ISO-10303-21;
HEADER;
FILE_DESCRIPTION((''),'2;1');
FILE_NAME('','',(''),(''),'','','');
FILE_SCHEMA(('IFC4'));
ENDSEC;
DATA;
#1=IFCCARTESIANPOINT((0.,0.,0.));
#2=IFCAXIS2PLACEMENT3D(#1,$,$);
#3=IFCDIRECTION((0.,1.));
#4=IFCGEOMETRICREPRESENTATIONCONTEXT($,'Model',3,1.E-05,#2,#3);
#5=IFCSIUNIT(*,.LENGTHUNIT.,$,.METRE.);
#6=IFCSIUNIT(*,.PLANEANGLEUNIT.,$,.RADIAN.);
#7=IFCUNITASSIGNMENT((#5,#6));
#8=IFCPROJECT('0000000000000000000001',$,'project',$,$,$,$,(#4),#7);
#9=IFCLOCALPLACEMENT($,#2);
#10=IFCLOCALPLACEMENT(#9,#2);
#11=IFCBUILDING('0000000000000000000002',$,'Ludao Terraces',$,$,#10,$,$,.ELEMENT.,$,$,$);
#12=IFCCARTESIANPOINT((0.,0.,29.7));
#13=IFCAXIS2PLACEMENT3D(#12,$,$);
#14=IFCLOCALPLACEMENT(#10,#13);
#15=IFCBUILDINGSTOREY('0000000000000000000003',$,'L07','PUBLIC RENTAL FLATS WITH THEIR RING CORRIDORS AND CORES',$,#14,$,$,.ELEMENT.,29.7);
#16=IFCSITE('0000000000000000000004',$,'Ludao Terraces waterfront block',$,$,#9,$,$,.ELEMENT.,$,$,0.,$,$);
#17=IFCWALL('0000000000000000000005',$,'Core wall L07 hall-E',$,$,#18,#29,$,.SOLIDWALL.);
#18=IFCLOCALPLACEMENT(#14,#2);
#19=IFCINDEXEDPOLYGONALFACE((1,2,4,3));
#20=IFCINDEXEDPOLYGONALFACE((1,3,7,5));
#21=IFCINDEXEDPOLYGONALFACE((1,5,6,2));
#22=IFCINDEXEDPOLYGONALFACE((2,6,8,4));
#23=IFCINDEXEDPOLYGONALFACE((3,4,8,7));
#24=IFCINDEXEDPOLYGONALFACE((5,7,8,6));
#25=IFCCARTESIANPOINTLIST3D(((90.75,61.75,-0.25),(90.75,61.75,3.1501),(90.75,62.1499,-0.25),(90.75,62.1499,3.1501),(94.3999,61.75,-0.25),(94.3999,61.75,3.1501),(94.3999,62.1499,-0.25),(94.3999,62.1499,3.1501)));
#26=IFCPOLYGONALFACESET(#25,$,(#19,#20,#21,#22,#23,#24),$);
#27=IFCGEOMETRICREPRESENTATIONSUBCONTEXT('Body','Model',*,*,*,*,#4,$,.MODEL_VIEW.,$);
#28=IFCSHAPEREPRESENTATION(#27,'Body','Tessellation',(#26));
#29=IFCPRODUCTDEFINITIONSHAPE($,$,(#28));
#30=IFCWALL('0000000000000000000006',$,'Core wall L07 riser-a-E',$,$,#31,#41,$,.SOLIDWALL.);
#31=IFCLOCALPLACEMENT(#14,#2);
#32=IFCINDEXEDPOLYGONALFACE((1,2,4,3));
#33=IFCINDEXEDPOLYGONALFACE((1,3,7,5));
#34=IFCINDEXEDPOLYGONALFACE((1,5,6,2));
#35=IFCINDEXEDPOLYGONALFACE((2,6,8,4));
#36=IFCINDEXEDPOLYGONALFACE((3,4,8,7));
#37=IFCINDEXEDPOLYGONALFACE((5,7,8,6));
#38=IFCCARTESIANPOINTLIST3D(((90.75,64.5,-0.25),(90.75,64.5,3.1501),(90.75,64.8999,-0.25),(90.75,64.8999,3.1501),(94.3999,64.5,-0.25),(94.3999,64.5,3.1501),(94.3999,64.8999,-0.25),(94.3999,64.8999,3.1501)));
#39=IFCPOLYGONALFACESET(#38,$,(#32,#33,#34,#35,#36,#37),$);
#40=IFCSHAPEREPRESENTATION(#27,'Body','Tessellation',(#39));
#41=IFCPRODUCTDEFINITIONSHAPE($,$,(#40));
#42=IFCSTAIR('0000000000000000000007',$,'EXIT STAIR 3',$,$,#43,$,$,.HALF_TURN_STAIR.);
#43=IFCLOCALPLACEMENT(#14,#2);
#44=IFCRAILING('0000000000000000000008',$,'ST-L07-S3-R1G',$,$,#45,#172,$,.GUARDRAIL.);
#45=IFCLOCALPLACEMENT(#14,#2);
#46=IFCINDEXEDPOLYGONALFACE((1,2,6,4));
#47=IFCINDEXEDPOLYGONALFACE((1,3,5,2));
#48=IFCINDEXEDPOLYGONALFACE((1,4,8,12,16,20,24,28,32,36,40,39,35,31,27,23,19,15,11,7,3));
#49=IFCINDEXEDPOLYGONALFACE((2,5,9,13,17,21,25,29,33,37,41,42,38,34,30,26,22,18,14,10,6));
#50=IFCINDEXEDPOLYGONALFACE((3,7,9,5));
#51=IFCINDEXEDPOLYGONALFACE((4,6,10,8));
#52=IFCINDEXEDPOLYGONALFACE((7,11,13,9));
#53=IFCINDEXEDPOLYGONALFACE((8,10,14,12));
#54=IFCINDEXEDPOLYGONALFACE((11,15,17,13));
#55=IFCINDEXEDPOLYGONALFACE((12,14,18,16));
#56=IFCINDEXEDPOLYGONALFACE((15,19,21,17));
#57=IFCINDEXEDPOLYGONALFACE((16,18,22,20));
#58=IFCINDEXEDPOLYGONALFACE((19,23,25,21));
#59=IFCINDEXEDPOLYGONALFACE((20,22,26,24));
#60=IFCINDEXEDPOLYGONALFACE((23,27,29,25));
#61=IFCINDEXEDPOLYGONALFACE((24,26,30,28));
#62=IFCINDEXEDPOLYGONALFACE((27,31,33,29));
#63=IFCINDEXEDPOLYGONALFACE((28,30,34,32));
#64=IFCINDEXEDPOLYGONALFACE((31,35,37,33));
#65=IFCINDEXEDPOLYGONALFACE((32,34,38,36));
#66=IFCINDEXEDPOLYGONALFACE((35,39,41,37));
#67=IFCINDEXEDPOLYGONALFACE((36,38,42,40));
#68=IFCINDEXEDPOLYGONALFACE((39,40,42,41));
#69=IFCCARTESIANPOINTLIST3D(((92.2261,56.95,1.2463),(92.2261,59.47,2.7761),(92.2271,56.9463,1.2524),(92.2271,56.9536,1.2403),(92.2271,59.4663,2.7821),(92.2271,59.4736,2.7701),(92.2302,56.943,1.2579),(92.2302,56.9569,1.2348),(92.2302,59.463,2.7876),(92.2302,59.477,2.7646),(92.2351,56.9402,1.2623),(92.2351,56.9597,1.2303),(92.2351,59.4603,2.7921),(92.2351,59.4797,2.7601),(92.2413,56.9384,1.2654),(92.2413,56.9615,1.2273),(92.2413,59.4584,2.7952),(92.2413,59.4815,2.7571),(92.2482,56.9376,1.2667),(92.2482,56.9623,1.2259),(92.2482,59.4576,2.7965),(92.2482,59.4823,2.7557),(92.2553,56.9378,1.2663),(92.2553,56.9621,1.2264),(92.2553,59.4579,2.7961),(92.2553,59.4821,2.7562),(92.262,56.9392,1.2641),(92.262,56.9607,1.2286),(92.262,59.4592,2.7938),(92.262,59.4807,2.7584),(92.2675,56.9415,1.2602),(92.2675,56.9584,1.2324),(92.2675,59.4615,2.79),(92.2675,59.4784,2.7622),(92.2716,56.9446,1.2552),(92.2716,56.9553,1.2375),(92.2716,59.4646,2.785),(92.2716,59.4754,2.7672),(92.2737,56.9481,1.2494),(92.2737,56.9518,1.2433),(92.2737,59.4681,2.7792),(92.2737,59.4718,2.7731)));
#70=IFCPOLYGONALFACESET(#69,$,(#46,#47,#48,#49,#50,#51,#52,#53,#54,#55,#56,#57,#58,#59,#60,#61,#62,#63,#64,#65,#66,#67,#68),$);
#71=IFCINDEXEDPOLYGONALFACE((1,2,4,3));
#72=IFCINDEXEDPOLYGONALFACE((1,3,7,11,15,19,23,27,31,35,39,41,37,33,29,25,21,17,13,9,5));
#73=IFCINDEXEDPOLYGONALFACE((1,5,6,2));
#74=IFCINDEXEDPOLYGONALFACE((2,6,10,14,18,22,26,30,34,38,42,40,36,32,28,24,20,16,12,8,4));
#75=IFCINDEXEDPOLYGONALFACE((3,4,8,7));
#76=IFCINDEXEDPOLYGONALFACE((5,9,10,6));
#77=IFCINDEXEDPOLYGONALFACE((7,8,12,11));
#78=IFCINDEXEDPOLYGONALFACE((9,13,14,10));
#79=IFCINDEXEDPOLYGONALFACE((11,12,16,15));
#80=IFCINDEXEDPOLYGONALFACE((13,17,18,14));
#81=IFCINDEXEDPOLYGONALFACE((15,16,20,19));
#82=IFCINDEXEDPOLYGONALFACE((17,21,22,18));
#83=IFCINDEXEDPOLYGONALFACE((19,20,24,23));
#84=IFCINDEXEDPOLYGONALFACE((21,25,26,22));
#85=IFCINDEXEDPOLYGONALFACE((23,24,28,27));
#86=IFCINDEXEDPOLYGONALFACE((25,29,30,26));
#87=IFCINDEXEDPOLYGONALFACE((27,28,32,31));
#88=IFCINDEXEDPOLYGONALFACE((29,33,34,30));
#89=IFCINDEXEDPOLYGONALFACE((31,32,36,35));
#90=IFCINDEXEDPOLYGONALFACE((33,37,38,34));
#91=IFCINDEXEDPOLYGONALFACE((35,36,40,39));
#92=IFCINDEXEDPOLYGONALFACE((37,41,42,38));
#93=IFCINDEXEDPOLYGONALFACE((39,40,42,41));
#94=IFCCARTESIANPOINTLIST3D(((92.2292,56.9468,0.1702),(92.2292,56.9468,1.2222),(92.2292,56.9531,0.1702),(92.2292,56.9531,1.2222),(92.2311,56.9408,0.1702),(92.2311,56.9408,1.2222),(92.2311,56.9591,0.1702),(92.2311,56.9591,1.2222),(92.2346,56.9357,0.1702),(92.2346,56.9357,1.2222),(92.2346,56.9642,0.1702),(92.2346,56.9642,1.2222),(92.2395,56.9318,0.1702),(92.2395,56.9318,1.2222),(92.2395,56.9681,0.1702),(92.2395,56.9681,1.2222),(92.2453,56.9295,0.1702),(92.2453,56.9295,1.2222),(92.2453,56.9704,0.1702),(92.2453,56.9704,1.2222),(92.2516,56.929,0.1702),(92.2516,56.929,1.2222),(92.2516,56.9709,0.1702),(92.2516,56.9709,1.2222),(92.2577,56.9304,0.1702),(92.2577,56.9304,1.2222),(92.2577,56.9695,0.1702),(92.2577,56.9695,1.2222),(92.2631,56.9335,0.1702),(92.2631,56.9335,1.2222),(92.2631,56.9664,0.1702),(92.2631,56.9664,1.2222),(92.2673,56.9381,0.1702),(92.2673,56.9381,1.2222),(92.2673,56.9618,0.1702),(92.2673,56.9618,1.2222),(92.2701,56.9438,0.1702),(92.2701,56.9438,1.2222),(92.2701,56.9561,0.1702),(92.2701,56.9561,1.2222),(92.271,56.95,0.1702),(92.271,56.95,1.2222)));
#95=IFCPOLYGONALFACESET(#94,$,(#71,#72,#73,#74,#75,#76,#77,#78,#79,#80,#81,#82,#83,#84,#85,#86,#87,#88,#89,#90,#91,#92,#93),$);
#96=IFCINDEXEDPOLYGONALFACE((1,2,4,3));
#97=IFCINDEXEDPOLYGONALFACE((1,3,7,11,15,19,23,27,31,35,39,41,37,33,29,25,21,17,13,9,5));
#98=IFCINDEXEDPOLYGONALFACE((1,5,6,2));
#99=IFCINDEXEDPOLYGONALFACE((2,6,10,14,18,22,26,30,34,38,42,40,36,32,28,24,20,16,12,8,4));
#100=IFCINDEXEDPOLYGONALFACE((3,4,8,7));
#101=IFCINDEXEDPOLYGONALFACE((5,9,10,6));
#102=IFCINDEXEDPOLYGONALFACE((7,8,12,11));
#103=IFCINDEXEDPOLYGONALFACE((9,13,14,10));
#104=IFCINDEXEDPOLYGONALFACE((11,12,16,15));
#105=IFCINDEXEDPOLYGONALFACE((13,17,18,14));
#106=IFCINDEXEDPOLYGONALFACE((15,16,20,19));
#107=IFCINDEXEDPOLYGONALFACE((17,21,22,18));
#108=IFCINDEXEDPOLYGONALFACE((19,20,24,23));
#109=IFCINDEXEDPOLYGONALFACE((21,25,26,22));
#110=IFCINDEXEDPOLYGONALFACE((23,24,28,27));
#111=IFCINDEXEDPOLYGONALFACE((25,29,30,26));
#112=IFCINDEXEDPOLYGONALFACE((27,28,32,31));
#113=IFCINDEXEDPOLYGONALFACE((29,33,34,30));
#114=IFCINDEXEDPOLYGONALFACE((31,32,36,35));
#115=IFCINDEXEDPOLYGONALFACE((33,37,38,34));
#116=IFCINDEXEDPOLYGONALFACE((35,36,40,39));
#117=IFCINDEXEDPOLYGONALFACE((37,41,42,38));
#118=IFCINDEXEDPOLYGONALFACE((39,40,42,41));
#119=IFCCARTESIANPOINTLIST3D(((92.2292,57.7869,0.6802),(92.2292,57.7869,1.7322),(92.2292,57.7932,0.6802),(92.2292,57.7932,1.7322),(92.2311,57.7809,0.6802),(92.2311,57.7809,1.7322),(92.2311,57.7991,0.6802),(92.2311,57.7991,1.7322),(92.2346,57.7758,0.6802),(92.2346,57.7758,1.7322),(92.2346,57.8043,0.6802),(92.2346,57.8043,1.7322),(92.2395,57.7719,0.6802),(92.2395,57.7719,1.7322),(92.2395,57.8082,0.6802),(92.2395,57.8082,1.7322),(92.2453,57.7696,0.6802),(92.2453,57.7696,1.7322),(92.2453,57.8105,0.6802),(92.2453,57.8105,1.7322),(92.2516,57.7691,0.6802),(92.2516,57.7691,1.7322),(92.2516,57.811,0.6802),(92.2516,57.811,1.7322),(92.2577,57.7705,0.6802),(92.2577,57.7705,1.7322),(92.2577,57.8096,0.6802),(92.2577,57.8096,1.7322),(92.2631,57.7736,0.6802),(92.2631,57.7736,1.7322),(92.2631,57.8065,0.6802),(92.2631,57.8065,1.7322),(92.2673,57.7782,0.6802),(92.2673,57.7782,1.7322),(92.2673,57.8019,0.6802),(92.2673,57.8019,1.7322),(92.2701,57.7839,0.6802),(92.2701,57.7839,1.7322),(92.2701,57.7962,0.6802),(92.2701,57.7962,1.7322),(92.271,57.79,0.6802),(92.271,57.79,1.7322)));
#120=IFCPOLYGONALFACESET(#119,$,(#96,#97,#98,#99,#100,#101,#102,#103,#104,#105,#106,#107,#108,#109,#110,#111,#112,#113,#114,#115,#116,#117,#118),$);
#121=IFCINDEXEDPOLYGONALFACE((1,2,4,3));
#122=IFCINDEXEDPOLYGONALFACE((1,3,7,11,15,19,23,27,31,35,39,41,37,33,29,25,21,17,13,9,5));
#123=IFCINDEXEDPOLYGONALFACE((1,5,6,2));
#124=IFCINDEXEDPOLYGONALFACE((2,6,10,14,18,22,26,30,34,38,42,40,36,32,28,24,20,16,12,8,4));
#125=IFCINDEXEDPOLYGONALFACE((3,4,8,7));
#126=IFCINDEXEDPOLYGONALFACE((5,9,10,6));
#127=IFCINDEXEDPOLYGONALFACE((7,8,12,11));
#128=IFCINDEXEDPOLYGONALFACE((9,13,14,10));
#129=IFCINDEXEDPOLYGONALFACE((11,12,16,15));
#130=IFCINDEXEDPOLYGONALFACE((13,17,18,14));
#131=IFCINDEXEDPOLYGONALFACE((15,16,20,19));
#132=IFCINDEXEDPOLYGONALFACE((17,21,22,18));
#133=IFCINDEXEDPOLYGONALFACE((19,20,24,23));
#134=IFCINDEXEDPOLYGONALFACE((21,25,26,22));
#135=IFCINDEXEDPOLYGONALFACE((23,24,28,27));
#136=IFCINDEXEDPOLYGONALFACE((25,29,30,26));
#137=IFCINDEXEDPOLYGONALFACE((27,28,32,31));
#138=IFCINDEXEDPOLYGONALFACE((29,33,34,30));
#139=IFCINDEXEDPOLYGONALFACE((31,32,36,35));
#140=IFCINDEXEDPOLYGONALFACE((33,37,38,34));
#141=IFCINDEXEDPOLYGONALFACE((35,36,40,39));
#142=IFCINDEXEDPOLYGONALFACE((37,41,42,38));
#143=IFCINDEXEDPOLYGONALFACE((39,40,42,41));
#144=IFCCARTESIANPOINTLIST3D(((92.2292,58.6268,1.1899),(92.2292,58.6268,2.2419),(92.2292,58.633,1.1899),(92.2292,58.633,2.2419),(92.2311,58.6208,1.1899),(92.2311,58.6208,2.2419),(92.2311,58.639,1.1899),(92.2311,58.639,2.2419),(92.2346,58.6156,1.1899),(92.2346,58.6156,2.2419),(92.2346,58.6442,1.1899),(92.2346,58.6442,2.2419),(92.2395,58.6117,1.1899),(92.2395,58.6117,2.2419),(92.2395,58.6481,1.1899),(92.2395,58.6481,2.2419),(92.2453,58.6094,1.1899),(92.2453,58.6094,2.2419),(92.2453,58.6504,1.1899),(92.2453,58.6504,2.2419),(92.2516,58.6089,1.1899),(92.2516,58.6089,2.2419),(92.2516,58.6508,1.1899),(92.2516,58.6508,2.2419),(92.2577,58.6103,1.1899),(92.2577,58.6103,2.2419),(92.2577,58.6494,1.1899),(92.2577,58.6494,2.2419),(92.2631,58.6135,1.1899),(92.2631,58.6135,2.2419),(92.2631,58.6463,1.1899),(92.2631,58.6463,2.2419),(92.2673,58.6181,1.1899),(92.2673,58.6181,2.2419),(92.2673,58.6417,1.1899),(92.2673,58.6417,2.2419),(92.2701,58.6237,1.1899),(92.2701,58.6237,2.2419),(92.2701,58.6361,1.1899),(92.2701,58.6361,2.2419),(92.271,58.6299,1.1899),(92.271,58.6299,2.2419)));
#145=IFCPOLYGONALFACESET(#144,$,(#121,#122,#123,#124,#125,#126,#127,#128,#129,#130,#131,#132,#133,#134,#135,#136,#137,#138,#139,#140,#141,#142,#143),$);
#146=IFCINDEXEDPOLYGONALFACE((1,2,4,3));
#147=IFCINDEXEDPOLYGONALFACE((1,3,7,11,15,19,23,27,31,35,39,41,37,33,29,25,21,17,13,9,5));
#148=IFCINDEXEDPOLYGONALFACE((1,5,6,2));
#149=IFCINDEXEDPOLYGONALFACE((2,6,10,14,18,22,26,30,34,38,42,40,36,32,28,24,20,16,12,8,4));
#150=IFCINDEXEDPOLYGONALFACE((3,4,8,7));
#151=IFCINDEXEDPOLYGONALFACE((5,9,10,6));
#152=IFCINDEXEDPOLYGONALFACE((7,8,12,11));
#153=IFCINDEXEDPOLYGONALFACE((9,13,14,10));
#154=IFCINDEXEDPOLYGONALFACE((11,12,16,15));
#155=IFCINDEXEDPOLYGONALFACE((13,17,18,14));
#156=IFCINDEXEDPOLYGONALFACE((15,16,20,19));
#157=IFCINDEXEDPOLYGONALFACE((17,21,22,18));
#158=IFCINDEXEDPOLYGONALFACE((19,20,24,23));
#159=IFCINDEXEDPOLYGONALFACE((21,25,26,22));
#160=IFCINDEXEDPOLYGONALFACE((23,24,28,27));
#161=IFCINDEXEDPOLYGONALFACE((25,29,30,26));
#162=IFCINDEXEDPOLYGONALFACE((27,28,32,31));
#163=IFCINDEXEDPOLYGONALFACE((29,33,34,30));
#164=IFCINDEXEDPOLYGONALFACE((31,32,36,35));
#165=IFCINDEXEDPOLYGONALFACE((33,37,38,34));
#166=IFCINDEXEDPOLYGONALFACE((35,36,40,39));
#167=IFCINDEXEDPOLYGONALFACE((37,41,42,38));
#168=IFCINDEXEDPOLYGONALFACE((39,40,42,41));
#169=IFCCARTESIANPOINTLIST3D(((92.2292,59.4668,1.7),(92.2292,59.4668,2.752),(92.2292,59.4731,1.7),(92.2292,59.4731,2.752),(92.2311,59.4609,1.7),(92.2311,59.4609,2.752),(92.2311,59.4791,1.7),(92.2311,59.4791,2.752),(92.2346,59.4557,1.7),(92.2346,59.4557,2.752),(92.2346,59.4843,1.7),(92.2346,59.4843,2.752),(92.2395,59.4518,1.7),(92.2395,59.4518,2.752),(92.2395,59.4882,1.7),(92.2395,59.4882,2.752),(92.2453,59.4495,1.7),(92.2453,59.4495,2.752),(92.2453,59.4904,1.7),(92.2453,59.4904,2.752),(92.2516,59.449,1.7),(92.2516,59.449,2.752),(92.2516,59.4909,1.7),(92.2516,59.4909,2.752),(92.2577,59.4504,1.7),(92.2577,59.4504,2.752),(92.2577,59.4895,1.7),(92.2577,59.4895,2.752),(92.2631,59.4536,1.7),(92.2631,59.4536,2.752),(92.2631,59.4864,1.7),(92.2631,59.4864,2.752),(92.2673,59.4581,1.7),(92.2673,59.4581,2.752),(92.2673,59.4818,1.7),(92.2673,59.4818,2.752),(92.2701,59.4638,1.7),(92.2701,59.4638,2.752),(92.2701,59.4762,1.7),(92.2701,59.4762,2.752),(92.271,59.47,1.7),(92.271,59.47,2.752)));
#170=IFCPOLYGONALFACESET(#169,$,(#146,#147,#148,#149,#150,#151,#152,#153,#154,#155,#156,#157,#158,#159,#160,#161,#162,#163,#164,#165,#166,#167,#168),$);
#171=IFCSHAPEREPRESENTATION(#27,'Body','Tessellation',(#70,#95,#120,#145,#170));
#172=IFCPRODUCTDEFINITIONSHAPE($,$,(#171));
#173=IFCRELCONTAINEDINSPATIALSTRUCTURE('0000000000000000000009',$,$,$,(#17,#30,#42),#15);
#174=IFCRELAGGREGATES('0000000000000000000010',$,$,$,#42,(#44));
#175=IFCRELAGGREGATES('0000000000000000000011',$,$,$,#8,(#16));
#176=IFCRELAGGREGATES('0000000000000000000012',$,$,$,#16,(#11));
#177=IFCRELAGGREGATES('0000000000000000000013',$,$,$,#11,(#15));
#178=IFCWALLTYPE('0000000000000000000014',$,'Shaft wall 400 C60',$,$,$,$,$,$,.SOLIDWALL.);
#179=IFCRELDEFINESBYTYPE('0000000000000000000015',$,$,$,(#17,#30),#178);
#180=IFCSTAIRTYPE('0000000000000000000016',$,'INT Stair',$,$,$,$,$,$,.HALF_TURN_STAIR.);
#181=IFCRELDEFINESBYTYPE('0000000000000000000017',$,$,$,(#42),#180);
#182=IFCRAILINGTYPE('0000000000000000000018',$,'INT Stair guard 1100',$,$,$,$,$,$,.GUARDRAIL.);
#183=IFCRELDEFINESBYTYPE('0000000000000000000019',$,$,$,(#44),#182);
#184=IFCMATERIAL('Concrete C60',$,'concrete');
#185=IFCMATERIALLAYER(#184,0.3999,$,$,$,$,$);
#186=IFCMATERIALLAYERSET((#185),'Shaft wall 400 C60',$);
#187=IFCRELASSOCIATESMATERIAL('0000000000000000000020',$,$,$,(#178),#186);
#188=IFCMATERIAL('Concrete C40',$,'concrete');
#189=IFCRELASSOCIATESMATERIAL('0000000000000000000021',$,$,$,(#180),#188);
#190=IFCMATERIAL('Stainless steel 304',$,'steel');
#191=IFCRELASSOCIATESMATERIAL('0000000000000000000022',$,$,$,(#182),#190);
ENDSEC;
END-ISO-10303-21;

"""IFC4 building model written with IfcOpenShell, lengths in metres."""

from ifc_helpers import new_model, si_unit, direction, frame, frame_2d, origin, origin_2d, place, context, subcontext, project, spatial, rectangle, circle, extrude, material, layer, layer_set, type_object, element, aggregate, save


model = new_model("IFC4")

# Units and contexts
model_context = context("Model", 3, precision=1e-05, world=origin(), true_north=direction((0.0, 1.0)))
body_context = subcontext(model_context, "Body", "Model", "MODEL_VIEW")
ifc_project = project(units=[si_unit("LENGTHUNIT", "METRE"), si_unit("PLANEANGLEUNIT", "RADIAN")], contexts=[model_context])

# Site, building, storey
site_placement = place(None, origin())
site = spatial("IfcSite", under=ifc_project, at=site_placement, Name="Ludao Terraces waterfront block", CompositionType="ELEMENT", RefElevation=0.0)
building_placement = place(site_placement, origin())
building = spatial("IfcBuilding", under=site, at=building_placement, Name="Ludao Terraces", CompositionType="ELEMENT")
storey_placement = place(building_placement, frame((0.0, 0.0, 29.7)))
storey = spatial("IfcBuildingStorey", under=building, at=storey_placement, Name="L07", Description="PUBLIC RENTAL FLATS WITH THEIR RING CORRIDORS AND CORES", CompositionType="ELEMENT", Elevation=29.7)

# Walls
ifc_material_1 = material(Name="Concrete C60", Category="concrete")
ifc_layer_1 = layer(ifc_material_1, 0.3999)
ifc_layer_set_1 = layer_set([ifc_layer_1], Name="Shaft wall 400 C60")
wall_type_1 = type_object("IfcWallType", Name="Shaft wall 400 C60", PredefinedType="SOLIDWALL", material=ifc_layer_set_1)
for number, where, z_axis, x_axis, name in (
    (1, (90.75, 61.95, -0.25), (0.0, 0.0, 1.0), (1.0, 0.0, 0.0), "Core wall L07 hall-E"),
    (2, (90.75, 64.7, -0.25), (0.0, 0.0, 1.0), (1.0, 0.0, 0.0), "Core wall L07 riser-a-E"),
):
    element("IfcWall", number, at=place(storey_placement, frame(where, z_axis=z_axis, x_axis=x_axis)), inside=storey, type_object=wall_type_1, Name=name, PredefinedType="SOLIDWALL", context=body_context, shape_type="SweptSolid", body=[
        extrude(rectangle(XDim=3.6499, YDim=0.3999, at=frame_2d((1.825, 0.0))), origin(), (0.0, 0.0, 1.0), 3.4001),
    ])

# Stair, railing
ifc_material_2 = material(Name="Concrete C40", Category="concrete")
stair_type = type_object("IfcStairType", Name="INT Stair", PredefinedType="HALF_TURN_STAIR", material=ifc_material_2)
stair_placement = place(storey_placement, origin())
stair = element("IfcStair", 3, at=stair_placement, inside=storey, type_object=stair_type, Name="EXIT STAIR 3", PredefinedType="HALF_TURN_STAIR")
ifc_material_3 = material(Name="Stainless steel 304", Category="steel")
railing_type_1 = type_object("IfcRailingType", Name="INT Stair guard 1100", PredefinedType="GUARDRAIL", material=ifc_material_3)
railing_1_placement = place(storey_placement, frame((92.25, 56.95, 0.1702)))
railing_1 = element("IfcRailing", 4, at=railing_1_placement, type_object=railing_type_1, Name="ST-L07-S3-R1G", PredefinedType="GUARDRAIL", context=body_context, shape_type="SweptSolid", body=[
    extrude(circle(Radius=0.0239, at=origin_2d()), frame((0.0, 0.0, 1.0762), z_axis=(0.0, 0.854822, 0.518922), x_axis=(-1.0, 0.0, 0.0)), (0.0, 0.0, 1.0), 2.948),
    extrude(circle(Radius=0.021, at=origin_2d()), origin(), (0.0, 0.0, 1.0), 1.052),
    extrude(circle(Radius=0.021, at=origin_2d()), frame((0.0, 0.8401, 0.51)), (0.0, 0.0, 1.0), 1.052),
    extrude(circle(Radius=0.021, at=origin_2d()), frame((0.0, 1.6799, 1.0198)), (0.0, 0.0, 1.0), 1.052),
    extrude(circle(Radius=0.021, at=origin_2d()), frame((0.0, 2.52, 1.5298)), (0.0, 0.0, 1.0), 1.052),
])
aggregate(stair, [railing_1])

save(model, "model.ifc")
